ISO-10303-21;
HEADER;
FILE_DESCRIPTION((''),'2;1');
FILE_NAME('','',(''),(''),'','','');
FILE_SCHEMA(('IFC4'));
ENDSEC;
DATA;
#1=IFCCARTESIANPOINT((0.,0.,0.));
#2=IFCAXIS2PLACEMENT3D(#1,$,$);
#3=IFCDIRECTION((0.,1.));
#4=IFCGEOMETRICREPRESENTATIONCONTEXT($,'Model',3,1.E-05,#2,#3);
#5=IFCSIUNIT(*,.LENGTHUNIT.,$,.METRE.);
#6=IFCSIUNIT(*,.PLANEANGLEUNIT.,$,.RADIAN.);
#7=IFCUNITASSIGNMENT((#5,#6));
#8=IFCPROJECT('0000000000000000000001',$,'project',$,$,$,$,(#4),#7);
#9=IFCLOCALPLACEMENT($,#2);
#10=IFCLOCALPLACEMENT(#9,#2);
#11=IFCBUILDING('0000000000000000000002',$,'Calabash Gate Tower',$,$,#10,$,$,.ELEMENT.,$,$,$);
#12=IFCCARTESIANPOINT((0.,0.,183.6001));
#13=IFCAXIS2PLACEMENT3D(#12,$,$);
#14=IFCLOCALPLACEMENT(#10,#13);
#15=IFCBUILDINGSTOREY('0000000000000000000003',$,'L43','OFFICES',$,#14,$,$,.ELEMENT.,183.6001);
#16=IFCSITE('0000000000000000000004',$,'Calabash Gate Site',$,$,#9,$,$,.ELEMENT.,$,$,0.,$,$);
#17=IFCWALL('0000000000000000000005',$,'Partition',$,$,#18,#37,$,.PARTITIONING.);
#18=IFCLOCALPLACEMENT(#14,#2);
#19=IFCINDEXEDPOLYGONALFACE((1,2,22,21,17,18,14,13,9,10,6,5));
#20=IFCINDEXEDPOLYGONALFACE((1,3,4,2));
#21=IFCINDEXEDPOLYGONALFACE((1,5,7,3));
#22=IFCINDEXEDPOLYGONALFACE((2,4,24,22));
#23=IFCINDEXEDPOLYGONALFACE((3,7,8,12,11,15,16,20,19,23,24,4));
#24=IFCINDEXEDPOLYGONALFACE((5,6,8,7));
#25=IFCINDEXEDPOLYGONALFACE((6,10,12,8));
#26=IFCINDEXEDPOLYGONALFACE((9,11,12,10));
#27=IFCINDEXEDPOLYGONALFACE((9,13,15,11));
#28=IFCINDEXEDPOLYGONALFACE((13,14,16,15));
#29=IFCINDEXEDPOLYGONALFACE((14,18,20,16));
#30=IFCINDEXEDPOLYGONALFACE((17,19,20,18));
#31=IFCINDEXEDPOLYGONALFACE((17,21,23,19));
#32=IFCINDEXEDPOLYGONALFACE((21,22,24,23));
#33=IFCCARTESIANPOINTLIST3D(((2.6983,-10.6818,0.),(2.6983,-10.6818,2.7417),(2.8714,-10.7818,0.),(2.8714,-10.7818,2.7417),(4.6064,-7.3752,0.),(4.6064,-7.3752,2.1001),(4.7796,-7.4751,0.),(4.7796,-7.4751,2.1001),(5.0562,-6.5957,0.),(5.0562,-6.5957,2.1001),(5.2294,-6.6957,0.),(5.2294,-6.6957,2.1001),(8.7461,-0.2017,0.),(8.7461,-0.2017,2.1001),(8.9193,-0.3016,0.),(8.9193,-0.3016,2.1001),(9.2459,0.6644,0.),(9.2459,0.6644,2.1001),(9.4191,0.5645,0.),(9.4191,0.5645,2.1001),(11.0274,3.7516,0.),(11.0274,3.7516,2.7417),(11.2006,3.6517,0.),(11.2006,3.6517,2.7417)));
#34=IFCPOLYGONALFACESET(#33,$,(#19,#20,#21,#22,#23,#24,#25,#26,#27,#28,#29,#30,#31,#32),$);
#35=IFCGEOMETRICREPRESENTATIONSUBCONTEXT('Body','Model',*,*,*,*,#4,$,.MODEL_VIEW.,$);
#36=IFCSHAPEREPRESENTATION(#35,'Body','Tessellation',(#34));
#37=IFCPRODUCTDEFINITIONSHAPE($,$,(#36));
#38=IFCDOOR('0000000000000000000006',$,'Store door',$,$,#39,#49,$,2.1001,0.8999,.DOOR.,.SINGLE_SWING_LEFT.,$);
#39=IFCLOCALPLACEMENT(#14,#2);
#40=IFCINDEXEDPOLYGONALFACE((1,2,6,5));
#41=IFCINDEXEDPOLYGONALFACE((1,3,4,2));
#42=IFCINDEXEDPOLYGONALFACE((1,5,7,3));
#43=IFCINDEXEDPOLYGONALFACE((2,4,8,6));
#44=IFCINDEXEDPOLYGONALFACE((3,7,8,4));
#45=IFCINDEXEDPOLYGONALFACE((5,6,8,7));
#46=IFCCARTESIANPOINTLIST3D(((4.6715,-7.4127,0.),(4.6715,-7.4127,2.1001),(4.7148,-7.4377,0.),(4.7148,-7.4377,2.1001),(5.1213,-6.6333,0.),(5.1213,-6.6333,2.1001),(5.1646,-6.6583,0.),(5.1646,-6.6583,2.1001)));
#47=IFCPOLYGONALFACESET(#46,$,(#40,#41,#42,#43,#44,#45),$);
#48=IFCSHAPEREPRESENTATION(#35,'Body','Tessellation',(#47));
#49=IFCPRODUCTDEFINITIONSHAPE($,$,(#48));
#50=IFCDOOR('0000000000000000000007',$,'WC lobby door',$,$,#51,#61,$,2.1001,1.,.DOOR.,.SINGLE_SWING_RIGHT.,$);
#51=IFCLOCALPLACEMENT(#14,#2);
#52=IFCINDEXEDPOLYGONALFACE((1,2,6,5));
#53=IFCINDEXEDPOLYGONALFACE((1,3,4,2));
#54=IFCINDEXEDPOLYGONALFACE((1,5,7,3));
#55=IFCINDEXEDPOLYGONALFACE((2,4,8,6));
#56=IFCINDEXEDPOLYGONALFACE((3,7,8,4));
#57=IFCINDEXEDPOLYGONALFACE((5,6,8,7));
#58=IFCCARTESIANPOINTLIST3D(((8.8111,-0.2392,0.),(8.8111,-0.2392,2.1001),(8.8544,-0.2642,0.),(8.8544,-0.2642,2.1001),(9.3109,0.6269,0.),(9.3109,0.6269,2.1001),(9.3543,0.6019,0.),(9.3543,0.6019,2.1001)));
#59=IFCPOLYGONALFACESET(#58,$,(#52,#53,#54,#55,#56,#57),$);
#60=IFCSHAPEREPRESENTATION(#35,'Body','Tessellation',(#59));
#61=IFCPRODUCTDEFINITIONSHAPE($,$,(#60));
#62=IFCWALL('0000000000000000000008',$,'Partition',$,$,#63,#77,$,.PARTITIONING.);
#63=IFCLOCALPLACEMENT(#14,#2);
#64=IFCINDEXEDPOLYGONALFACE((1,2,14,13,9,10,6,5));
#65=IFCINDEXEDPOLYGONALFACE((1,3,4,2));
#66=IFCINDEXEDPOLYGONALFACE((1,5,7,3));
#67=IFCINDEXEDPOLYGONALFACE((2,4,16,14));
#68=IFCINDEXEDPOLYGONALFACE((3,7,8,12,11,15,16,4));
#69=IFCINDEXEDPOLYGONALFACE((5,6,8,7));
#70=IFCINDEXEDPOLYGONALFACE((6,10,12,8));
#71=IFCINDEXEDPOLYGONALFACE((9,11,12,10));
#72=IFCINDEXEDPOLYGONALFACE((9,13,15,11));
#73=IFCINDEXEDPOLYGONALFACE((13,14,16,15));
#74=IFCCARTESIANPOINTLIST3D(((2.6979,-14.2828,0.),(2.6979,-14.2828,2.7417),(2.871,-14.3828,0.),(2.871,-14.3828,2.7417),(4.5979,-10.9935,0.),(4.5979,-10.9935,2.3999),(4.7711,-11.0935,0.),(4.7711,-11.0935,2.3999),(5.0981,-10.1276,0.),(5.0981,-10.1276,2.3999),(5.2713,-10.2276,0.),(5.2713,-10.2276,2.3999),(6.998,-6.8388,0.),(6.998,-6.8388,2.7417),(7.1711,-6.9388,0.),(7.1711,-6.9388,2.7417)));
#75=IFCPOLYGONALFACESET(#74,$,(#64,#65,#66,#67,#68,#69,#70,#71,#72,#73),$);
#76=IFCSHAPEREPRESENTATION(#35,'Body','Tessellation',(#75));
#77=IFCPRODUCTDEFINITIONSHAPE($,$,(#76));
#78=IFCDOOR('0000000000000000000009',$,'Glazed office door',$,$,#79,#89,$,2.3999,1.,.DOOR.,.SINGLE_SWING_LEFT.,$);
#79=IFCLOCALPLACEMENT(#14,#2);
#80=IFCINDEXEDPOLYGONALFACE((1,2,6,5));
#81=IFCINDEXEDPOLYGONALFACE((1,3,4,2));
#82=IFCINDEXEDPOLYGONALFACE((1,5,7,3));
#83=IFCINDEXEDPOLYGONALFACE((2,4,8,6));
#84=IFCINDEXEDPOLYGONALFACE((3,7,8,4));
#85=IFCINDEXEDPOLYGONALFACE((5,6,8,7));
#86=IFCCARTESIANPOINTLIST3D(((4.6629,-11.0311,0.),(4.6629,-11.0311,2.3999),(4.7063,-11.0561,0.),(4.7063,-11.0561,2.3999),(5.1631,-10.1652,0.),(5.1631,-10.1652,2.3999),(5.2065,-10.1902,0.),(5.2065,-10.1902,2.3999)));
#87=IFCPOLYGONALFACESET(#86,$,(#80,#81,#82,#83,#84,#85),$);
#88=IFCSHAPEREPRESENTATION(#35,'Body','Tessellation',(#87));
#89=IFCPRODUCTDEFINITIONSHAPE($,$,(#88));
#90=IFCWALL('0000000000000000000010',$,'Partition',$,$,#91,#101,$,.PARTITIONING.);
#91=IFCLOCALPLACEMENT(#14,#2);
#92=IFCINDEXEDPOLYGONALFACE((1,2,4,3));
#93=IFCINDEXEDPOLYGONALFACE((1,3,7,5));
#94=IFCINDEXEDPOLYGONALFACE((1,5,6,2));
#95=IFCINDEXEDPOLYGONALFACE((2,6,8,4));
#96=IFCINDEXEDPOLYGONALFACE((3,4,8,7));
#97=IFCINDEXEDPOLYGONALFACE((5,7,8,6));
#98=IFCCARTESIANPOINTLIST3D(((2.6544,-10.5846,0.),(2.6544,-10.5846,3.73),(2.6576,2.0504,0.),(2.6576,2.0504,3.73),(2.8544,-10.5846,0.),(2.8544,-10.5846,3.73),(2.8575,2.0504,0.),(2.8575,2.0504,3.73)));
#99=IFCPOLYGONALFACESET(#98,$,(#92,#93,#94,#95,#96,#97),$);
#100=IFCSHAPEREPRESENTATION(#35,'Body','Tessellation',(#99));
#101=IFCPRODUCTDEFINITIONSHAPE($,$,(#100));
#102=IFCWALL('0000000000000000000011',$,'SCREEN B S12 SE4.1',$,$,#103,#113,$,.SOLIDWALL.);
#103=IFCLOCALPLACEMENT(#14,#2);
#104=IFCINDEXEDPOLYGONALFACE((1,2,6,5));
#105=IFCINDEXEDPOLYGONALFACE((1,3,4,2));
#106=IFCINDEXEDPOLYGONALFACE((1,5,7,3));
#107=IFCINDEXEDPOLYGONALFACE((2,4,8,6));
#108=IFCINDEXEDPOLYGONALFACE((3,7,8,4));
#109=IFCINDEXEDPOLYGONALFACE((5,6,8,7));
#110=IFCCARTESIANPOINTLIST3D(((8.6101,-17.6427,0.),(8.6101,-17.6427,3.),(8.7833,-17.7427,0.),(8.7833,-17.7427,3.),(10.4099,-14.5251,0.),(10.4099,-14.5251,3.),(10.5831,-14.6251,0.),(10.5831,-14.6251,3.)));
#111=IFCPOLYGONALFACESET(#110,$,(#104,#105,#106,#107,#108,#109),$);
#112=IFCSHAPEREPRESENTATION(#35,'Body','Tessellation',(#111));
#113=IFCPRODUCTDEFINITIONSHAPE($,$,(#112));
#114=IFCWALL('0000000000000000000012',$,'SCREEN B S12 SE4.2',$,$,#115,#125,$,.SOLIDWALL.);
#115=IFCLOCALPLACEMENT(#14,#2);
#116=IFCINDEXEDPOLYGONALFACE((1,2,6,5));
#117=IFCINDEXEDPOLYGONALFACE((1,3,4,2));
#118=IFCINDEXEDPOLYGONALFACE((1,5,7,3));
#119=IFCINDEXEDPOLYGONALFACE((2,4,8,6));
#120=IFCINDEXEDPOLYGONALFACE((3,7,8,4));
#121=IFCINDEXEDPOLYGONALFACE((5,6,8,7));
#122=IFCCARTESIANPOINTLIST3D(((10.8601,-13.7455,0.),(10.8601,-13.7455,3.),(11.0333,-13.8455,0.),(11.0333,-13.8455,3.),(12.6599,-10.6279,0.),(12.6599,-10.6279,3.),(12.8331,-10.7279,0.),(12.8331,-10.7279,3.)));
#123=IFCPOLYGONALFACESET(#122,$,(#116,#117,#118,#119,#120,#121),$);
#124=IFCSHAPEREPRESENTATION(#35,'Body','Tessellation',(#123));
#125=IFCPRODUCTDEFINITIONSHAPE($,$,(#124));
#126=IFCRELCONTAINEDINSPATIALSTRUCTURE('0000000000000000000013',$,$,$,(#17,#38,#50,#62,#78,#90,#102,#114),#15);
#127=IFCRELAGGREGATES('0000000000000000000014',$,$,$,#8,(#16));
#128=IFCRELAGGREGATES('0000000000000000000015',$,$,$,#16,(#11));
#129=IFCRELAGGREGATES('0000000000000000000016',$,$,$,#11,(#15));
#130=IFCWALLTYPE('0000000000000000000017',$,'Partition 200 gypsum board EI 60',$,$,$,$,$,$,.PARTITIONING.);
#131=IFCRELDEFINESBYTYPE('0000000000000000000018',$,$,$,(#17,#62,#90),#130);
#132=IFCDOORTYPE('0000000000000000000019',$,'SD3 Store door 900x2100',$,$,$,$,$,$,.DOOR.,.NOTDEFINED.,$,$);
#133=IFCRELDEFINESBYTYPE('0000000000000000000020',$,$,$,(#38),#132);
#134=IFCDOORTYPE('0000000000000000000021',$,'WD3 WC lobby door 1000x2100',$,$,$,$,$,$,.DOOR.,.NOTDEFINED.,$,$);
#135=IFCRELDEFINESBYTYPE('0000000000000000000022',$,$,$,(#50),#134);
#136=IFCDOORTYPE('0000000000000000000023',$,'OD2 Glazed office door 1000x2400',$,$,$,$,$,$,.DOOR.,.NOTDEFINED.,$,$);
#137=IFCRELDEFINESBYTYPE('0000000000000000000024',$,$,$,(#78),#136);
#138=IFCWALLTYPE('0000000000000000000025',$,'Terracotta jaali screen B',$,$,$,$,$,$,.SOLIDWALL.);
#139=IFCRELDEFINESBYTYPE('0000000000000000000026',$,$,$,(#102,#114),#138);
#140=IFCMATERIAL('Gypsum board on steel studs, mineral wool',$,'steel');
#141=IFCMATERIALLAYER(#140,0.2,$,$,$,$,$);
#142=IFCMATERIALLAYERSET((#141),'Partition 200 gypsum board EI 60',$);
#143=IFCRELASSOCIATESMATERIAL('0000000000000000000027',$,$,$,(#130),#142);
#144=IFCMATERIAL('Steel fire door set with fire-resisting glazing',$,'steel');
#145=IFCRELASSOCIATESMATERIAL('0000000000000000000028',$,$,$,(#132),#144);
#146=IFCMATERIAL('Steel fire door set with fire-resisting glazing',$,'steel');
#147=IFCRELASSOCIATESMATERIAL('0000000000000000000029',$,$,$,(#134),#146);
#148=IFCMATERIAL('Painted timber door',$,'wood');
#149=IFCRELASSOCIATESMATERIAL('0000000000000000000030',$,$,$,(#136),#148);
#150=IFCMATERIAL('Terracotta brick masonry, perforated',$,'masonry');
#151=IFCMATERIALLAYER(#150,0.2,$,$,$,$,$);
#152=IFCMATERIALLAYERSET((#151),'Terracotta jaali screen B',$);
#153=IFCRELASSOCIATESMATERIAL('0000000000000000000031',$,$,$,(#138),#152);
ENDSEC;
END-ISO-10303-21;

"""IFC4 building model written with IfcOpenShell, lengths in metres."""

from ifc_helpers import new_model, si_unit, direction, frame, frame_2d, origin, place, context, subcontext, project, spatial, rectangle, extrude, material, layer, layer_set, type_object, element, fill, save


model = new_model("IFC4")

# Units and contexts
model_context = context("Model", 3, precision=1e-05, world=origin(), true_north=direction((0.0, 1.0)))
body_context = subcontext(model_context, "Body", "Model", "MODEL_VIEW")
ifc_project = project(units=[si_unit("LENGTHUNIT", "METRE"), si_unit("PLANEANGLEUNIT", "RADIAN")], contexts=[model_context])

# Site, building, storey
site_placement = place(None, origin())
site = spatial("IfcSite", under=ifc_project, at=site_placement, Name="Calabash Gate Site", CompositionType="ELEMENT", RefElevation=0.0)
building_placement = place(site_placement, origin())
building = spatial("IfcBuilding", under=site, at=building_placement, Name="Calabash Gate Tower", CompositionType="ELEMENT")
storey_placement = place(building_placement, frame((0.0, 0.0, 183.6001)))
storey = spatial("IfcBuildingStorey", under=building, at=storey_placement, Name="L43", Description="OFFICES", CompositionType="ELEMENT", Elevation=183.6001)

# Shared definitions
ifc_material_1 = material(Name="Gypsum board on steel studs, mineral wool", Category="steel")
ifc_layer_1 = layer(ifc_material_1, 0.2)
ifc_layer_set_1 = layer_set([ifc_layer_1], Name="Partition 200 gypsum board EI 60")
wall_type_1 = type_object("IfcWallType", Name="Partition 200 gypsum board EI 60", PredefinedType="PARTITIONING", material=ifc_layer_set_1)

# Wall, openings, doors
wall_1_placement = place(storey_placement, frame((2.7849, -10.7317, 0.0), z_axis=(0.0, 0.0, 1.0), x_axis=(0.49982, 0.866129, 0.0)))
wall_1 = element("IfcWall", 1, at=wall_1_placement, inside=storey, type_object=wall_type_1, Name="Partition", PredefinedType="PARTITIONING", context=body_context, shape_type="SweptSolid", body=[
    extrude(rectangle(XDim=16.6643, YDim=0.2, at=frame_2d((8.332, 0.0))), origin(), (0.0, 0.0, 1.0), 2.7417),
])
opening_1_placement = place(wall_1_placement, frame((3.8176, 0.0, 0.0)))
opening_1 = element("IfcOpeningElement", 2, at=opening_1_placement, cuts=wall_1, PredefinedType="OPENING", context=body_context, shape_type="SweptSolid", body=[
    extrude(rectangle(XDim=0.8999, YDim=2.1001, at=frame_2d((0.45, 1.05))), frame((0.0, 0.1099, 0.0), z_axis=(0.0, -1.0, 0.0), x_axis=(1.0, 0.0, 0.0)), (0.0, 0.0, 1.0), 0.22),
])
opening_2_placement = place(wall_1_placement, frame((12.0999, 0.0, 0.0)))
opening_2 = element("IfcOpeningElement", 3, at=opening_2_placement, cuts=wall_1, PredefinedType="OPENING", context=body_context, shape_type="SweptSolid", body=[
    extrude(rectangle(XDim=1.0, YDim=2.1001, at=frame_2d((0.5, 1.05))), frame((0.0, 0.1099, 0.0), z_axis=(0.0, -1.0, 0.0), x_axis=(1.0, 0.0, 0.0)), (0.0, 0.0, 1.0), 0.22),
])
ifc_material_2 = material(Name="Steel fire door set with fire-resisting glazing", Category="steel")
door_type_1 = type_object("IfcDoorType", Name="SD3 Store door 900x2100", OperationType="NOTDEFINED", PredefinedType="DOOR", material=ifc_material_2)
door_1_placement = place(opening_1_placement, origin())
door_1 = element("IfcDoor", 4, at=door_1_placement, inside=storey, type_object=door_type_1, Name="Store door", OperationType="SINGLE_SWING_LEFT", OverallHeight=2.1001, OverallWidth=0.8999, PredefinedType="DOOR", context=body_context, shape_type="SweptSolid", body=[
    extrude(rectangle(XDim=0.8999, YDim=2.1001, at=frame_2d((0.45, 1.05))), frame((0.0, 0.0249, 0.0), z_axis=(0.0, -1.0, 0.0), x_axis=(1.0, 0.0, 0.0)), (0.0, 0.0, 1.0), 0.05),
])
fill(opening_1, door_1)
ifc_material_3 = material(Name="Steel fire door set with fire-resisting glazing", Category="steel")
door_type_2 = type_object("IfcDoorType", Name="WD3 WC lobby door 1000x2100", OperationType="NOTDEFINED", PredefinedType="DOOR", material=ifc_material_3)
door_2_placement = place(opening_2_placement, origin())
door_2 = element("IfcDoor", 5, at=door_2_placement, inside=storey, type_object=door_type_2, Name="WC lobby door", OperationType="SINGLE_SWING_RIGHT", OverallHeight=2.1001, OverallWidth=1.0, PredefinedType="DOOR", context=body_context, shape_type="SweptSolid", body=[
    extrude(rectangle(XDim=1.0, YDim=2.1001, at=frame_2d((0.5, 1.05))), frame((0.0, 0.0249, 0.0), z_axis=(0.0, -1.0, 0.0), x_axis=(1.0, 0.0, 0.0)), (0.0, 0.0, 1.0), 0.05),
])
fill(opening_2, door_2)

# Wall, opening, door
wall_2_placement = place(storey_placement, frame((2.7844, -14.3328, 0.0), z_axis=(0.0, 0.0, 1.0), x_axis=(0.500204, 0.865907, 0.0)))
wall_2 = element("IfcWall", 6, at=wall_2_placement, inside=storey, type_object=wall_type_1, Name="Partition", PredefinedType="PARTITIONING", context=body_context, shape_type="SweptSolid", body=[
    extrude(rectangle(XDim=8.5967, YDim=0.2, at=frame_2d((4.2983, 0.0))), origin(), (0.0, 0.0, 1.0), 2.7417),
])
opening_3_placement = place(wall_2_placement, frame((3.7986, 0.0, 0.0)))
opening_3 = element("IfcOpeningElement", 7, at=opening_3_placement, cuts=wall_2, PredefinedType="OPENING", context=body_context, shape_type="SweptSolid", body=[
    extrude(rectangle(XDim=1.0, YDim=2.3999, at=frame_2d((0.5, 1.2))), frame((0.0, 0.1099, 0.0), z_axis=(0.0, -1.0, 0.0), x_axis=(1.0, 0.0, 0.0)), (0.0, 0.0, 1.0), 0.22),
])
ifc_material_4 = material(Name="Painted timber door", Category="wood")
door_type_3 = type_object("IfcDoorType", Name="OD2 Glazed office door 1000x2400", OperationType="NOTDEFINED", PredefinedType="DOOR", material=ifc_material_4)
door_3_placement = place(opening_3_placement, origin())
door_3 = element("IfcDoor", 8, at=door_3_placement, inside=storey, type_object=door_type_3, Name="Glazed office door", OperationType="SINGLE_SWING_LEFT", OverallHeight=2.3999, OverallWidth=1.0, PredefinedType="DOOR", context=body_context, shape_type="SweptSolid", body=[
    extrude(rectangle(XDim=1.0, YDim=2.3999, at=frame_2d((0.5, 1.2))), frame((0.0, 0.0249, 0.0), z_axis=(0.0, -1.0, 0.0), x_axis=(1.0, 0.0, 0.0)), (0.0, 0.0, 1.0), 0.05),
])
fill(opening_3, door_3)

# Walls
wall_3_placement = place(storey_placement, frame((2.7544, -10.5845, 0.0), z_axis=(0.0, 0.0, 1.0), x_axis=(0.000251, 1.0, 0.0)))
element("IfcWall", 9, at=wall_3_placement, inside=storey, type_object=wall_type_1, Name="Partition", PredefinedType="PARTITIONING", context=body_context, shape_type="SweptSolid", body=[
    extrude(rectangle(XDim=12.635, YDim=0.2, at=frame_2d((6.3174, 0.0))), origin(), (0.0, 0.0, 1.0), 3.73),
])
ifc_material_5 = material(Name="Terracotta brick masonry, perforated", Category="masonry")
ifc_layer_2 = layer(ifc_material_5, 0.2)
ifc_layer_set_2 = layer_set([ifc_layer_2], Name="Terracotta jaali screen B")
wall_type_2 = type_object("IfcWallType", Name="Terracotta jaali screen B", PredefinedType="SOLIDWALL", material=ifc_layer_set_2)
for number, where, z_axis, x_axis, name in (
    (10, (8.6968, -17.6926, 0.0), (0.0, 0.0, 1.0), (0.499961, 0.866048, 0.0), "SCREEN B S12 SE4.1"),
    (11, (10.9468, -13.7954, 0.0), (0.0, 0.0, 1.0), (0.499961, 0.866048, 0.0), "SCREEN B S12 SE4.2"),
):
    element("IfcWall", number, at=place(storey_placement, frame(where, z_axis=z_axis, x_axis=x_axis)), inside=storey, type_object=wall_type_2, Name=name, PredefinedType="SOLIDWALL", context=body_context, shape_type="SweptSolid", body=[
        extrude(rectangle(XDim=3.5999, YDim=0.2, at=frame_2d((1.7998, 0.0))), origin(), (0.0, 0.0, 1.0), 3.0),
    ])

save(model, "model.ifc")
